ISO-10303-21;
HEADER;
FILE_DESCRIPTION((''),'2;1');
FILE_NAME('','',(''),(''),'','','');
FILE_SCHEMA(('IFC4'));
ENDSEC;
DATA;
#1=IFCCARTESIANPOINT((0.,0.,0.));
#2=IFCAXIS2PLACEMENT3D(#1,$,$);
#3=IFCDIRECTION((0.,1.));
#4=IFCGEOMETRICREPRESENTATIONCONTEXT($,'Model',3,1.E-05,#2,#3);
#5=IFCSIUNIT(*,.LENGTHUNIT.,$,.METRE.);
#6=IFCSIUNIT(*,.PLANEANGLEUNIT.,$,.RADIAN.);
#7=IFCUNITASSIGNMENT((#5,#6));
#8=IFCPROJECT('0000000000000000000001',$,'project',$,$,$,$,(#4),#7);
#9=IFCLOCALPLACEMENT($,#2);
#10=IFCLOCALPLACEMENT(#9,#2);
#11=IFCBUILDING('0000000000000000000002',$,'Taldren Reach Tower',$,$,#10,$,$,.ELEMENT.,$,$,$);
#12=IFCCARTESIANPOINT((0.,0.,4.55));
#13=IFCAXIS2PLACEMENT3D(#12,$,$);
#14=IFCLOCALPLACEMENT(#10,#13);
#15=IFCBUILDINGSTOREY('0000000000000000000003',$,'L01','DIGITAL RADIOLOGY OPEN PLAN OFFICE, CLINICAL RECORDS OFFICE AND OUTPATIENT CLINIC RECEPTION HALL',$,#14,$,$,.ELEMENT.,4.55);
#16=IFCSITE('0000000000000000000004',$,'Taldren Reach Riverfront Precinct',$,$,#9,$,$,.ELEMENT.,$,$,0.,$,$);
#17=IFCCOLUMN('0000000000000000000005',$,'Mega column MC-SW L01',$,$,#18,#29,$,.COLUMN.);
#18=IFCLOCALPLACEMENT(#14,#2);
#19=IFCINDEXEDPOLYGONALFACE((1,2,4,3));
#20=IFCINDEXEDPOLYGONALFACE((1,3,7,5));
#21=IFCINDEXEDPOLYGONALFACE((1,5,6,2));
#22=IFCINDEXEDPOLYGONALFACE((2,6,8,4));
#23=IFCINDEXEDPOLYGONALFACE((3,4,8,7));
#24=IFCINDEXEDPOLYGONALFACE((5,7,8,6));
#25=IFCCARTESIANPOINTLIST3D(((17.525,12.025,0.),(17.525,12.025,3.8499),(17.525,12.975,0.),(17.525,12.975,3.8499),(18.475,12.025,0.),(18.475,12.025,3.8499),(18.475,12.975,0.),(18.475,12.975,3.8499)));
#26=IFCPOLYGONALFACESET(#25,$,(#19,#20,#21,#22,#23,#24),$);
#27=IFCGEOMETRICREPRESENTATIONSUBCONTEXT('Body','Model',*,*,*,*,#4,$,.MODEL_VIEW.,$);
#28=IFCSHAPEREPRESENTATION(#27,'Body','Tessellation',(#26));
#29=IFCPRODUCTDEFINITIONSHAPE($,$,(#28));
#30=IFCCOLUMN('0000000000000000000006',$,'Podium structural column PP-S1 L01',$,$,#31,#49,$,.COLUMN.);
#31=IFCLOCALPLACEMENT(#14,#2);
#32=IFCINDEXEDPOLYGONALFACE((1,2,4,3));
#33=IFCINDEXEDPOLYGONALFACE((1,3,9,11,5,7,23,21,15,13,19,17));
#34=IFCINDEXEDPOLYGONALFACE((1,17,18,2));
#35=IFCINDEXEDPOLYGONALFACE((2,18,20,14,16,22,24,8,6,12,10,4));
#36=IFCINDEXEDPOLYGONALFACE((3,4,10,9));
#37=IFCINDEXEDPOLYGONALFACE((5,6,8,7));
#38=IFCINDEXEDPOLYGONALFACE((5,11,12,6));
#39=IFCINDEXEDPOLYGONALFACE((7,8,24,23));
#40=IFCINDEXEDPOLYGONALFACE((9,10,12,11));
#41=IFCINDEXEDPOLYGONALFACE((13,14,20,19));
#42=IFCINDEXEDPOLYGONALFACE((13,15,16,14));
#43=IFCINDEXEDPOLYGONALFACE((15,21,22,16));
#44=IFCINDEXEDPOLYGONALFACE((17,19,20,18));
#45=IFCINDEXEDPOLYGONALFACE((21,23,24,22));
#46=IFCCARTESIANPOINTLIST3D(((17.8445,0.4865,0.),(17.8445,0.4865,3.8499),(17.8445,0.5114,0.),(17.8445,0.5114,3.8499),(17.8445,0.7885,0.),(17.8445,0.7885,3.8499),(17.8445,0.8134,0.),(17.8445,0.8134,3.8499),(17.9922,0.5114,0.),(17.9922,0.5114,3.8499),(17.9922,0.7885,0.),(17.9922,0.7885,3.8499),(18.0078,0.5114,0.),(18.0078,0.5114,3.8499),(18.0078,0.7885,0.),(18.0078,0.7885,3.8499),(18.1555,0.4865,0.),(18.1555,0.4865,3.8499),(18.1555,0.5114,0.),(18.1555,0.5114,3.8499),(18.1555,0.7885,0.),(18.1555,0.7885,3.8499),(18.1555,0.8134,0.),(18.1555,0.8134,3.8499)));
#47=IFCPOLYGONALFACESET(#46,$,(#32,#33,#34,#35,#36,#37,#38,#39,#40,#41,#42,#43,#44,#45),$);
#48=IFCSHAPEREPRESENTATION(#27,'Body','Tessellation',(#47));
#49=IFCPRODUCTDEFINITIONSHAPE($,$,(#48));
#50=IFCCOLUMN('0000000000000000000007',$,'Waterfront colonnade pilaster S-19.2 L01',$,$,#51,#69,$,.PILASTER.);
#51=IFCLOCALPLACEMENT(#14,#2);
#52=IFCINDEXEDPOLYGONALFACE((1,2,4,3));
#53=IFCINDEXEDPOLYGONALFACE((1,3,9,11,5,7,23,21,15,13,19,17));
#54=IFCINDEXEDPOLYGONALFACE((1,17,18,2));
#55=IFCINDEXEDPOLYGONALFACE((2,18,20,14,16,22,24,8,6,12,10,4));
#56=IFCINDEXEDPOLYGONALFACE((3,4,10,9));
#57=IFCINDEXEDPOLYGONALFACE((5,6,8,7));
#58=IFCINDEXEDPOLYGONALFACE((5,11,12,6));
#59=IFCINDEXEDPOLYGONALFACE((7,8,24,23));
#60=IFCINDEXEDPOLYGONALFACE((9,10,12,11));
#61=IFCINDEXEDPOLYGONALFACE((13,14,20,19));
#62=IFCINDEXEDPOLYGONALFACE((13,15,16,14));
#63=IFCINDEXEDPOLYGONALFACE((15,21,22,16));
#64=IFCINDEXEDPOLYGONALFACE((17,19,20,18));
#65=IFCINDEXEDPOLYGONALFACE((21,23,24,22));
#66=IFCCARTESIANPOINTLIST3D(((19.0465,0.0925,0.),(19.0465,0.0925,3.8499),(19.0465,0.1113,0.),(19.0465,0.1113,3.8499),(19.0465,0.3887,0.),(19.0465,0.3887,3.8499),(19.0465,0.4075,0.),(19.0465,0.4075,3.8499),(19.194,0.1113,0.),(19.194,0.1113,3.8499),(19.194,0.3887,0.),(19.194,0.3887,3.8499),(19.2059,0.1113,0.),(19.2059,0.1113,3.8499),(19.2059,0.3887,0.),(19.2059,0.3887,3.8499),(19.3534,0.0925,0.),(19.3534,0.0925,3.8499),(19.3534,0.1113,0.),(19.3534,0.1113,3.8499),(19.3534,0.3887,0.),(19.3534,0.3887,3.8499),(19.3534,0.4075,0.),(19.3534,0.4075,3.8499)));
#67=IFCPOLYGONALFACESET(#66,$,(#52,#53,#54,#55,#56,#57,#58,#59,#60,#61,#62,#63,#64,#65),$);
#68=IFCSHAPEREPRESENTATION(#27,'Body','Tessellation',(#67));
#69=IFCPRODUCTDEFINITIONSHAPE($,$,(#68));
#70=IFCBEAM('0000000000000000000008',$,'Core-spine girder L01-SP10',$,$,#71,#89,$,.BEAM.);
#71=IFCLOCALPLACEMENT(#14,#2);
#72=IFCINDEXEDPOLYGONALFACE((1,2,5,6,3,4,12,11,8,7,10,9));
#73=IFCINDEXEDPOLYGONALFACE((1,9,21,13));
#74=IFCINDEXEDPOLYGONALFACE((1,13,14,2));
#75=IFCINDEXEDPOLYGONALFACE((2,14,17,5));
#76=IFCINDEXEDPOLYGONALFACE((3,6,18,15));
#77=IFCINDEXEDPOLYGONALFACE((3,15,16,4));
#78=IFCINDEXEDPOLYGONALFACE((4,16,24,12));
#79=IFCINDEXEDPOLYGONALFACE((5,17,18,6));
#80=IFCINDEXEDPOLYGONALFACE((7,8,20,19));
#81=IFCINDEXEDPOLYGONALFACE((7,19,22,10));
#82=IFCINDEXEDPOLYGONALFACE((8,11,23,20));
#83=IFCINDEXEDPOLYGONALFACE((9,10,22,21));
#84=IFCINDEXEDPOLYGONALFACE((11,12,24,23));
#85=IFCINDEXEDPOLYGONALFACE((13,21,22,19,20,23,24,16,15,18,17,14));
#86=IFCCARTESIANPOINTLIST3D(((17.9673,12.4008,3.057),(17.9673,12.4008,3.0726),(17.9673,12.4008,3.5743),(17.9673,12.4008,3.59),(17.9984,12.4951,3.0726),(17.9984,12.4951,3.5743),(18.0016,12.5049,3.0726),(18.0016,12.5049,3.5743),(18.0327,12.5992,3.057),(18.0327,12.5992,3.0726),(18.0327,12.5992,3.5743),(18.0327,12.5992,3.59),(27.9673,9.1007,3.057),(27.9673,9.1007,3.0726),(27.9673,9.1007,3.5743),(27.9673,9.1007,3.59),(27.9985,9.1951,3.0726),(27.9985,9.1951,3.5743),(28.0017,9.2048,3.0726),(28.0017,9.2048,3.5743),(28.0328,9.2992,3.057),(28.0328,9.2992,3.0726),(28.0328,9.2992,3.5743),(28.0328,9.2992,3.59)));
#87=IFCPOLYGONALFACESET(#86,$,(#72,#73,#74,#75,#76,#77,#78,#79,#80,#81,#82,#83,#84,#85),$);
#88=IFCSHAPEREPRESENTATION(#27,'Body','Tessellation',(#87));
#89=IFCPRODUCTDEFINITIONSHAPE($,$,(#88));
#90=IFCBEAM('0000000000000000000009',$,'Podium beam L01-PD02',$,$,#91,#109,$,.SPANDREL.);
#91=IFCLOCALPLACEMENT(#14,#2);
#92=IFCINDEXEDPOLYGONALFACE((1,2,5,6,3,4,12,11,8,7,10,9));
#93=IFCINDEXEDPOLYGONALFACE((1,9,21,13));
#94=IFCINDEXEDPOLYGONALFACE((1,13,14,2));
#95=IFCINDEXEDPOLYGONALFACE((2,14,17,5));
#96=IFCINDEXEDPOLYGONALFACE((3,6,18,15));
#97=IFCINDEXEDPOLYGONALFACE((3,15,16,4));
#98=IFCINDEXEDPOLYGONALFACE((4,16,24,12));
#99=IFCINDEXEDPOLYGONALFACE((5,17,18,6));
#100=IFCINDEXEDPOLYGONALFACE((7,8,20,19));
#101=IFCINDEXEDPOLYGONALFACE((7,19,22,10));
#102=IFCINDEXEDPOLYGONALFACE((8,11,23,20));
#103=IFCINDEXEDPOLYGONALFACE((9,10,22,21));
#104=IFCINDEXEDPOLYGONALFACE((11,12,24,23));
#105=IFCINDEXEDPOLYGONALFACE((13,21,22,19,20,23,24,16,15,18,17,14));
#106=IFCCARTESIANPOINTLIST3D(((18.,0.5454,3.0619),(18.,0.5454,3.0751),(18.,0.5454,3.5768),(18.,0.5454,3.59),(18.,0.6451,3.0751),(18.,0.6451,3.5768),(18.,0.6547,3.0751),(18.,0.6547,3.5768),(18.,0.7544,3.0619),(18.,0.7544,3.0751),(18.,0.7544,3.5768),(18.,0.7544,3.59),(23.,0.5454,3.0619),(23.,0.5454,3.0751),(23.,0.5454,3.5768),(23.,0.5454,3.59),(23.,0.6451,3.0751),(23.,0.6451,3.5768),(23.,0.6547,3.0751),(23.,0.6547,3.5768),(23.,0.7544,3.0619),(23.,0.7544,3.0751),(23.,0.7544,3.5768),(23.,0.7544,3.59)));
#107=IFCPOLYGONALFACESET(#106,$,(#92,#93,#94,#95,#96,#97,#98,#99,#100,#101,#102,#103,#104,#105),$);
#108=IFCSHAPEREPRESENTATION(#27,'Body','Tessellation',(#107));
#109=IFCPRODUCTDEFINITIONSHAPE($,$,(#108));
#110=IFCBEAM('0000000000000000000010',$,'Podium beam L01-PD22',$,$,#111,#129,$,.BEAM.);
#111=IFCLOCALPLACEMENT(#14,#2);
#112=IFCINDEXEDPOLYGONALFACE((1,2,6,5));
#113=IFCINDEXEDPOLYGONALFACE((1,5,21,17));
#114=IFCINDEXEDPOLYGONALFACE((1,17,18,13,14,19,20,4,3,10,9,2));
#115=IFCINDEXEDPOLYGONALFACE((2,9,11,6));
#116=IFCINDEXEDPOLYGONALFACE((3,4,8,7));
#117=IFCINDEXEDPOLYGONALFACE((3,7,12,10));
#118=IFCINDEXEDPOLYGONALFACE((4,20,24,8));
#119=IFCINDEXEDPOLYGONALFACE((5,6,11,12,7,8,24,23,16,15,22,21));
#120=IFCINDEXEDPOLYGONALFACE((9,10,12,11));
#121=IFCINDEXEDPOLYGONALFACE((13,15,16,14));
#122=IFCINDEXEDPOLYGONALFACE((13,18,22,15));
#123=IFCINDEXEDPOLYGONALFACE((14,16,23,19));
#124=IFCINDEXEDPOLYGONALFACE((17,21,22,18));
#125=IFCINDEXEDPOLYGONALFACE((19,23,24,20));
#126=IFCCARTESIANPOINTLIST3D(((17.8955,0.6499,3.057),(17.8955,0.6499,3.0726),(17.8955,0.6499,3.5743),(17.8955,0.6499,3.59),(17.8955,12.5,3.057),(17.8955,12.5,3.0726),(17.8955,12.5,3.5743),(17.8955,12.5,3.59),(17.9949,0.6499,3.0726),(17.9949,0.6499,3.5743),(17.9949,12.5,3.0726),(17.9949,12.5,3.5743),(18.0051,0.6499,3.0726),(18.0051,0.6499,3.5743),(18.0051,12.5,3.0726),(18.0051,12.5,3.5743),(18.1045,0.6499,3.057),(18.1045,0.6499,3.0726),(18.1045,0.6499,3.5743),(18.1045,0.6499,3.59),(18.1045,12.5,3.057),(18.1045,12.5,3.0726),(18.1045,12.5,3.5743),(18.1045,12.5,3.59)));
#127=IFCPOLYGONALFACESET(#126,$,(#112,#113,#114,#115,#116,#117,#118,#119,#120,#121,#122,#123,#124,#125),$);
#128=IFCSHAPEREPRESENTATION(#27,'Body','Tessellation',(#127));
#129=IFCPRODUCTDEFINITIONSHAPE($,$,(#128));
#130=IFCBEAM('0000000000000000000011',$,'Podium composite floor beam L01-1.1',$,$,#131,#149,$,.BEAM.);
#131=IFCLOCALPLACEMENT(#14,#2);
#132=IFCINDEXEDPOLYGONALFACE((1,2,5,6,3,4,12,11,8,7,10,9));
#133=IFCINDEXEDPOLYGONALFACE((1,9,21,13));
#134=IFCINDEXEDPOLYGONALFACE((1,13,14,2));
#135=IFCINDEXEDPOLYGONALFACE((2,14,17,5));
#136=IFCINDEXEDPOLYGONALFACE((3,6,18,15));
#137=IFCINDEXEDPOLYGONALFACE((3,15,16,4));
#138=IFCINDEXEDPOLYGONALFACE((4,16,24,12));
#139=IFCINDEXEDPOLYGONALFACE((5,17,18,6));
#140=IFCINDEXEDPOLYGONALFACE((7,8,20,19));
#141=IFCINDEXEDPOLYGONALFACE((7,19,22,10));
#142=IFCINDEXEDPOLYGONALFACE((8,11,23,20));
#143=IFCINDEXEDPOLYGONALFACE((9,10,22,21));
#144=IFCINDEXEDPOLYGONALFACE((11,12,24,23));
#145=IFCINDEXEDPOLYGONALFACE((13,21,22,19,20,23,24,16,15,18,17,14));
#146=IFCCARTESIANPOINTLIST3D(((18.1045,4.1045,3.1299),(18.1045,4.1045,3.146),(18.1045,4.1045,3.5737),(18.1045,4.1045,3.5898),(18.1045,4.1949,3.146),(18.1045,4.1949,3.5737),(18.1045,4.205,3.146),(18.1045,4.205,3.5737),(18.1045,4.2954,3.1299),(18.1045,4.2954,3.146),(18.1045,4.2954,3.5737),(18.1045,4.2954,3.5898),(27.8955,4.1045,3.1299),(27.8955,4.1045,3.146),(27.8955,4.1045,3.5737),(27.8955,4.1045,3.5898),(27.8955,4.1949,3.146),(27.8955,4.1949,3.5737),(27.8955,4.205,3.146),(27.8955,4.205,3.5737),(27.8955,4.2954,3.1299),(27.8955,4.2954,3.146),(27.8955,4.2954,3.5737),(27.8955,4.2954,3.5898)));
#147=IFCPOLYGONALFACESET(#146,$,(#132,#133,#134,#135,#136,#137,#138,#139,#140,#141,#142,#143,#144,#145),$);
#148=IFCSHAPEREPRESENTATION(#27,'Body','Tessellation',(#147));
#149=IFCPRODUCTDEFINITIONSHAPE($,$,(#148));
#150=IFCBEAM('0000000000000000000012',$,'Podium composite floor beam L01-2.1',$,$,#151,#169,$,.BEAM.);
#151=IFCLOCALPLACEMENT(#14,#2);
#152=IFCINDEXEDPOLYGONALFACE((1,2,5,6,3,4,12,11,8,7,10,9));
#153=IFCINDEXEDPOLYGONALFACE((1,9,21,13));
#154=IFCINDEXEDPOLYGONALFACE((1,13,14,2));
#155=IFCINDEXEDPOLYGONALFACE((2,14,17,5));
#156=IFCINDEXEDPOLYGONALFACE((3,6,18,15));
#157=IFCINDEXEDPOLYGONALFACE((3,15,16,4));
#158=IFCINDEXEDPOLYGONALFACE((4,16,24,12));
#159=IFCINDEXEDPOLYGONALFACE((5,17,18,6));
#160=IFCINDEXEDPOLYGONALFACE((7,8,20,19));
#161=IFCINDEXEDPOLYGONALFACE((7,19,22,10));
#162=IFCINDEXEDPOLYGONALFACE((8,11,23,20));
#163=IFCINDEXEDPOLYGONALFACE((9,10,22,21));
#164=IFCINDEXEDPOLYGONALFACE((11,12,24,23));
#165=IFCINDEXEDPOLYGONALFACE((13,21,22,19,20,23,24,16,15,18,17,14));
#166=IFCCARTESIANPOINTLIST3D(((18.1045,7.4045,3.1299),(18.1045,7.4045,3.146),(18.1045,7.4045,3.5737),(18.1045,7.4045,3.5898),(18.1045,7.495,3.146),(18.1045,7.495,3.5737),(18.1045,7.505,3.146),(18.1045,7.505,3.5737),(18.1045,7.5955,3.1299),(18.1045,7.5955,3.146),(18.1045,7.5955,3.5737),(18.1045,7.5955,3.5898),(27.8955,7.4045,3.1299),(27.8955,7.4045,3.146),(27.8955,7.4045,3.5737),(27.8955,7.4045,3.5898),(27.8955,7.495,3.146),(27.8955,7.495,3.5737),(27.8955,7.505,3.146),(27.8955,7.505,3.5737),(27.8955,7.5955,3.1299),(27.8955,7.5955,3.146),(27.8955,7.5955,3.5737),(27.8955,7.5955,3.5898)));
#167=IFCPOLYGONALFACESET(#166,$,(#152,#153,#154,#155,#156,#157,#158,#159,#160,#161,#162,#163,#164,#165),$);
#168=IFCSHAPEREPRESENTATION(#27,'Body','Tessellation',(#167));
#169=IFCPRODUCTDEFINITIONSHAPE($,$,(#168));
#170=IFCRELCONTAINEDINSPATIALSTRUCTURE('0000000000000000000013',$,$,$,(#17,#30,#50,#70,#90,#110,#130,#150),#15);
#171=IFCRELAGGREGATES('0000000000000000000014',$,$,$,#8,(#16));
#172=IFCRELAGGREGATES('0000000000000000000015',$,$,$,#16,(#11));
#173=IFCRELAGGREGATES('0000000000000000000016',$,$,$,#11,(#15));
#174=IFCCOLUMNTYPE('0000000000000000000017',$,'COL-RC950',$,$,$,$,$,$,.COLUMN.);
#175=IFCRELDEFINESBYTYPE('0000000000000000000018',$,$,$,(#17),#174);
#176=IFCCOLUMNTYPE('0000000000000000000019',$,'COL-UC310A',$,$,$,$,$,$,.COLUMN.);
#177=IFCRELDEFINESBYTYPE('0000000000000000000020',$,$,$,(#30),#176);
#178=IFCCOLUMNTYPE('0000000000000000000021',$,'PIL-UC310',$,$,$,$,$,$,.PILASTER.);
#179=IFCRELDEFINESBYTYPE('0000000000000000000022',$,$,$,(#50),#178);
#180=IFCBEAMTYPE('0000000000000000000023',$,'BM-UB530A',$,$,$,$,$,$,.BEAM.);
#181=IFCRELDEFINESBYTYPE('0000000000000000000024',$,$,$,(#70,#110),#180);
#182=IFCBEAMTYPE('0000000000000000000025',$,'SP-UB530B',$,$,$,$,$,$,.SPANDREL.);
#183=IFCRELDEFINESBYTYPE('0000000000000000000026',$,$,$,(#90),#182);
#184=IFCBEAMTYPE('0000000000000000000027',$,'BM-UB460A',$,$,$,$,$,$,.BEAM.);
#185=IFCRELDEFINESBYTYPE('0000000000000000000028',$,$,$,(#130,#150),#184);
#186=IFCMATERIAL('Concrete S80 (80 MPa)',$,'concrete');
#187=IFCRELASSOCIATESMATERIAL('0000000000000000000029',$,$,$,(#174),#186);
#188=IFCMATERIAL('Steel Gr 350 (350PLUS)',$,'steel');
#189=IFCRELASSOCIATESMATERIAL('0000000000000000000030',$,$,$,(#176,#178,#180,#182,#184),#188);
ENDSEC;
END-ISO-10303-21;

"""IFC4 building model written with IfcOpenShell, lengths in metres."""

from ifc_helpers import new_model, si_unit, direction, frame, origin, origin_2d, place, context, subcontext, project, spatial, rectangle, i_section, extrude, source, transform, mapped, material, material_profile, profile_set, type_object, element, save


model = new_model("IFC4")

# Units and contexts
model_context = context("Model", 3, precision=1e-05, world=origin(), true_north=direction((0.0, 1.0)))
body_context = subcontext(model_context, "Body", "Model", "MODEL_VIEW")
ifc_project = project(units=[si_unit("LENGTHUNIT", "METRE"), si_unit("PLANEANGLEUNIT", "RADIAN")], contexts=[model_context])

# Site, building, storey
site_placement = place(None, origin())
site = spatial("IfcSite", under=ifc_project, at=site_placement, Name="Taldren Reach Riverfront Precinct", CompositionType="ELEMENT", RefElevation=0.0)
building_placement = place(site_placement, origin())
building = spatial("IfcBuilding", under=site, at=building_placement, Name="Taldren Reach Tower", CompositionType="ELEMENT")
storey_placement = place(building_placement, frame((0.0, 0.0, 4.55)))
storey = spatial("IfcBuildingStorey", under=building, at=storey_placement, Name="L01", Description="DIGITAL RADIOLOGY OPEN PLAN OFFICE, CLINICAL RECORDS OFFICE AND OUTPATIENT CLINIC RECEPTION HALL", CompositionType="ELEMENT", Elevation=4.55)

# Columns
ifc_material_1 = material(Name="Concrete S80 (80 MPa)", Category="concrete")
ifc_material_profile_1 = material_profile(ifc_material_1, rectangle(XDim=0.95, YDim=0.95, at=origin_2d()), Name="RC-950x950")
ifc_profile_set_1 = profile_set([ifc_material_profile_1], Name="Concrete S80 (80 MPa)")
column_type_1 = type_object("IfcColumnType", Name="COL-RC950", PredefinedType="COLUMN", material=ifc_profile_set_1)
shared_shape_1 = source(origin(), body_context, "Body", "SweptSolid", [
    extrude(rectangle(XDim=0.95, YDim=0.95, at=origin_2d()), origin(), (0.0, 0.0, 1.0), 3.8499),
])
column_1_placement = place(storey_placement, frame((18.0, 12.5, 0.0), z_axis=(0.0, 0.0, 1.0), x_axis=(1.0, 0.0, 0.0)))
element("IfcColumn", 1, at=column_1_placement, inside=storey, type_object=column_type_1, Name="Mega column MC-SW L01", PredefinedType="COLUMN", context=body_context, shape_type="MappedRepresentation", body=[
    mapped(shared_shape_1, transform((0.0, 0.0, 0.0), scale=1.0)),
])
ifc_material_2 = material(Name="Steel Gr 350 (350PLUS)", Category="steel")
ifc_material_profile_2 = material_profile(ifc_material_2, i_section(OverallWidth=0.311, OverallDepth=0.3269, WebThickness=0.0156, FlangeThickness=0.0249, at=origin_2d()), Name="310UC158")
ifc_profile_set_2 = profile_set([ifc_material_profile_2], Name="Steel Gr 350 (350PLUS)")
column_type_2 = type_object("IfcColumnType", Name="COL-UC310A", PredefinedType="COLUMN", material=ifc_profile_set_2)
shared_shape_2 = source(origin(), body_context, "Body", "SweptSolid", [
    extrude(i_section(OverallWidth=0.311, OverallDepth=0.3269, WebThickness=0.0156, FlangeThickness=0.0249, at=origin_2d()), origin(), (0.0, 0.0, 1.0), 3.8499),
])
column_2_placement = place(storey_placement, frame((18.0, 0.6499, 0.0), z_axis=(0.0, 0.0, 1.0), x_axis=(1.0, 0.0, 0.0)))
element("IfcColumn", 2, at=column_2_placement, inside=storey, type_object=column_type_2, Name="Podium structural column PP-S1 L01", PredefinedType="COLUMN", context=body_context, shape_type="MappedRepresentation", body=[
    mapped(shared_shape_2, transform((0.0, 0.0, 0.0), scale=1.0)),
])
ifc_material_profile_3 = material_profile(ifc_material_2, i_section(OverallWidth=0.3069, OverallDepth=0.3149, WebThickness=0.012, FlangeThickness=0.0188, at=origin_2d()), Name="310UC118")
ifc_profile_set_3 = profile_set([ifc_material_profile_3], Name="Steel Gr 350 (350PLUS)")
column_type_3 = type_object("IfcColumnType", Name="PIL-UC310", PredefinedType="PILASTER", material=ifc_profile_set_3)
shared_shape_3 = source(origin(), body_context, "Body", "SweptSolid", [
    extrude(i_section(OverallWidth=0.3069, OverallDepth=0.3149, WebThickness=0.012, FlangeThickness=0.0188, at=origin_2d()), origin(), (0.0, 0.0, 1.0), 3.8499),
])
column_3_placement = place(storey_placement, frame((19.2, 0.25, 0.0), z_axis=(0.0, 0.0, 1.0), x_axis=(1.0, 0.0, 0.0)))
element("IfcColumn", 3, at=column_3_placement, inside=storey, type_object=column_type_3, Name="Waterfront colonnade pilaster S-19.2 L01", PredefinedType="PILASTER", context=body_context, shape_type="MappedRepresentation", body=[
    mapped(shared_shape_3, transform((0.0, 0.0, 0.0), scale=1.0)),
])

# Beams
ifc_material_profile_4 = material_profile(ifc_material_2, i_section(OverallWidth=0.209, OverallDepth=0.533, WebThickness=0.0103, FlangeThickness=0.0156, at=origin_2d()), Name="530UB92.4")
ifc_profile_set_4 = profile_set([ifc_material_profile_4], Name="Steel Gr 350 (350PLUS)")
beam_type_1 = type_object("IfcBeamType", Name="BM-UB530A", PredefinedType="BEAM", material=ifc_profile_set_4)
shared_shape_4 = source(origin(), body_context, "Body", "SweptSolid", [
    extrude(i_section(OverallWidth=0.209, OverallDepth=0.533, WebThickness=0.0103, FlangeThickness=0.0156, at=origin_2d()), origin(), (0.0, 0.0, 1.0), 10.5305),
])
beam_1_placement = place(storey_placement, frame((18.0, 12.5, 3.3235), z_axis=(0.949627, -0.313382, 0.0), x_axis=(0.313382, 0.949627, 0.0)))
element("IfcBeam", 4, at=beam_1_placement, inside=storey, type_object=beam_type_1, Name="Core-spine girder L01-SP10", PredefinedType="BEAM", context=body_context, shape_type="MappedRepresentation", body=[
    mapped(shared_shape_4, transform((0.0, 0.0, 0.0), scale=1.0)),
])
ifc_material_profile_5 = material_profile(ifc_material_2, i_section(OverallWidth=0.209, OverallDepth=0.5281, WebThickness=0.0095, FlangeThickness=0.0132, at=origin_2d()), Name="530UB82.0")
ifc_profile_set_5 = profile_set([ifc_material_profile_5], Name="Steel Gr 350 (350PLUS)")
beam_type_2 = type_object("IfcBeamType", Name="SP-UB530B", PredefinedType="SPANDREL", material=ifc_profile_set_5)
shared_shape_5 = source(origin(), body_context, "Body", "SweptSolid", [
    extrude(i_section(OverallWidth=0.209, OverallDepth=0.5281, WebThickness=0.0095, FlangeThickness=0.0132, at=origin_2d()), origin(), (0.0, 0.0, 1.0), 5.0),
])
beam_2_placement = place(storey_placement, frame((18.0, 0.6499, 3.3259), z_axis=(1.0, 0.0, 0.0), x_axis=(0.0, 1.0, 0.0)))
element("IfcBeam", 5, at=beam_2_placement, inside=storey, type_object=beam_type_2, Name="Podium beam L01-PD02", PredefinedType="SPANDREL", context=body_context, shape_type="MappedRepresentation", body=[
    mapped(shared_shape_5, transform((0.0, 0.0, 0.0), scale=1.0)),
])
shared_shape_6 = source(origin(), body_context, "Body", "SweptSolid", [
    extrude(i_section(OverallWidth=0.209, OverallDepth=0.533, WebThickness=0.0103, FlangeThickness=0.0156, at=origin_2d()), origin(), (0.0, 0.0, 1.0), 11.8501),
])
beam_3_placement = place(storey_placement, frame((18.0, 0.6499, 3.3235), z_axis=(0.0, 1.0, 0.0), x_axis=(-1.0, 0.0, 0.0)))
element("IfcBeam", 6, at=beam_3_placement, inside=storey, type_object=beam_type_1, Name="Podium beam L01-PD22", PredefinedType="BEAM", context=body_context, shape_type="MappedRepresentation", body=[
    mapped(shared_shape_6, transform((0.0, 0.0, 0.0), scale=1.0)),
])
ifc_material_profile_6 = material_profile(ifc_material_2, i_section(OverallWidth=0.1909, OverallDepth=0.46, WebThickness=0.01, FlangeThickness=0.0161, at=origin_2d()), Name="460UB82.1")
ifc_profile_set_6 = profile_set([ifc_material_profile_6], Name="Steel Gr 350 (350PLUS)")
beam_type_3 = type_object("IfcBeamType", Name="BM-UB460A", PredefinedType="BEAM", material=ifc_profile_set_6)
shared_shape_7 = source(origin(), body_context, "Body", "SweptSolid", [
    extrude(i_section(OverallWidth=0.1909, OverallDepth=0.46, WebThickness=0.01, FlangeThickness=0.0161, at=origin_2d()), origin(), (0.0, 0.0, 1.0), 9.791),
])
for number, where, z_axis, x_axis, name in (
    (7, (18.1045, 4.2, 3.3599), (1.0, 0.0, 0.0), (0.0, 1.0, 0.0), "Podium composite floor beam L01-1.1"),
    (8, (18.1045, 7.5, 3.3599), (1.0, 0.0, 0.0), (0.0, 1.0, 0.0), "Podium composite floor beam L01-2.1"),
):
    element("IfcBeam", number, at=place(storey_placement, frame(where, z_axis=z_axis, x_axis=x_axis)), inside=storey, type_object=beam_type_3, Name=name, PredefinedType="BEAM", context=body_context, shape_type="MappedRepresentation", body=[
        mapped(shared_shape_7, transform((0.0, 0.0, 0.0), scale=1.0)),
    ])

save(model, "model.ifc")
